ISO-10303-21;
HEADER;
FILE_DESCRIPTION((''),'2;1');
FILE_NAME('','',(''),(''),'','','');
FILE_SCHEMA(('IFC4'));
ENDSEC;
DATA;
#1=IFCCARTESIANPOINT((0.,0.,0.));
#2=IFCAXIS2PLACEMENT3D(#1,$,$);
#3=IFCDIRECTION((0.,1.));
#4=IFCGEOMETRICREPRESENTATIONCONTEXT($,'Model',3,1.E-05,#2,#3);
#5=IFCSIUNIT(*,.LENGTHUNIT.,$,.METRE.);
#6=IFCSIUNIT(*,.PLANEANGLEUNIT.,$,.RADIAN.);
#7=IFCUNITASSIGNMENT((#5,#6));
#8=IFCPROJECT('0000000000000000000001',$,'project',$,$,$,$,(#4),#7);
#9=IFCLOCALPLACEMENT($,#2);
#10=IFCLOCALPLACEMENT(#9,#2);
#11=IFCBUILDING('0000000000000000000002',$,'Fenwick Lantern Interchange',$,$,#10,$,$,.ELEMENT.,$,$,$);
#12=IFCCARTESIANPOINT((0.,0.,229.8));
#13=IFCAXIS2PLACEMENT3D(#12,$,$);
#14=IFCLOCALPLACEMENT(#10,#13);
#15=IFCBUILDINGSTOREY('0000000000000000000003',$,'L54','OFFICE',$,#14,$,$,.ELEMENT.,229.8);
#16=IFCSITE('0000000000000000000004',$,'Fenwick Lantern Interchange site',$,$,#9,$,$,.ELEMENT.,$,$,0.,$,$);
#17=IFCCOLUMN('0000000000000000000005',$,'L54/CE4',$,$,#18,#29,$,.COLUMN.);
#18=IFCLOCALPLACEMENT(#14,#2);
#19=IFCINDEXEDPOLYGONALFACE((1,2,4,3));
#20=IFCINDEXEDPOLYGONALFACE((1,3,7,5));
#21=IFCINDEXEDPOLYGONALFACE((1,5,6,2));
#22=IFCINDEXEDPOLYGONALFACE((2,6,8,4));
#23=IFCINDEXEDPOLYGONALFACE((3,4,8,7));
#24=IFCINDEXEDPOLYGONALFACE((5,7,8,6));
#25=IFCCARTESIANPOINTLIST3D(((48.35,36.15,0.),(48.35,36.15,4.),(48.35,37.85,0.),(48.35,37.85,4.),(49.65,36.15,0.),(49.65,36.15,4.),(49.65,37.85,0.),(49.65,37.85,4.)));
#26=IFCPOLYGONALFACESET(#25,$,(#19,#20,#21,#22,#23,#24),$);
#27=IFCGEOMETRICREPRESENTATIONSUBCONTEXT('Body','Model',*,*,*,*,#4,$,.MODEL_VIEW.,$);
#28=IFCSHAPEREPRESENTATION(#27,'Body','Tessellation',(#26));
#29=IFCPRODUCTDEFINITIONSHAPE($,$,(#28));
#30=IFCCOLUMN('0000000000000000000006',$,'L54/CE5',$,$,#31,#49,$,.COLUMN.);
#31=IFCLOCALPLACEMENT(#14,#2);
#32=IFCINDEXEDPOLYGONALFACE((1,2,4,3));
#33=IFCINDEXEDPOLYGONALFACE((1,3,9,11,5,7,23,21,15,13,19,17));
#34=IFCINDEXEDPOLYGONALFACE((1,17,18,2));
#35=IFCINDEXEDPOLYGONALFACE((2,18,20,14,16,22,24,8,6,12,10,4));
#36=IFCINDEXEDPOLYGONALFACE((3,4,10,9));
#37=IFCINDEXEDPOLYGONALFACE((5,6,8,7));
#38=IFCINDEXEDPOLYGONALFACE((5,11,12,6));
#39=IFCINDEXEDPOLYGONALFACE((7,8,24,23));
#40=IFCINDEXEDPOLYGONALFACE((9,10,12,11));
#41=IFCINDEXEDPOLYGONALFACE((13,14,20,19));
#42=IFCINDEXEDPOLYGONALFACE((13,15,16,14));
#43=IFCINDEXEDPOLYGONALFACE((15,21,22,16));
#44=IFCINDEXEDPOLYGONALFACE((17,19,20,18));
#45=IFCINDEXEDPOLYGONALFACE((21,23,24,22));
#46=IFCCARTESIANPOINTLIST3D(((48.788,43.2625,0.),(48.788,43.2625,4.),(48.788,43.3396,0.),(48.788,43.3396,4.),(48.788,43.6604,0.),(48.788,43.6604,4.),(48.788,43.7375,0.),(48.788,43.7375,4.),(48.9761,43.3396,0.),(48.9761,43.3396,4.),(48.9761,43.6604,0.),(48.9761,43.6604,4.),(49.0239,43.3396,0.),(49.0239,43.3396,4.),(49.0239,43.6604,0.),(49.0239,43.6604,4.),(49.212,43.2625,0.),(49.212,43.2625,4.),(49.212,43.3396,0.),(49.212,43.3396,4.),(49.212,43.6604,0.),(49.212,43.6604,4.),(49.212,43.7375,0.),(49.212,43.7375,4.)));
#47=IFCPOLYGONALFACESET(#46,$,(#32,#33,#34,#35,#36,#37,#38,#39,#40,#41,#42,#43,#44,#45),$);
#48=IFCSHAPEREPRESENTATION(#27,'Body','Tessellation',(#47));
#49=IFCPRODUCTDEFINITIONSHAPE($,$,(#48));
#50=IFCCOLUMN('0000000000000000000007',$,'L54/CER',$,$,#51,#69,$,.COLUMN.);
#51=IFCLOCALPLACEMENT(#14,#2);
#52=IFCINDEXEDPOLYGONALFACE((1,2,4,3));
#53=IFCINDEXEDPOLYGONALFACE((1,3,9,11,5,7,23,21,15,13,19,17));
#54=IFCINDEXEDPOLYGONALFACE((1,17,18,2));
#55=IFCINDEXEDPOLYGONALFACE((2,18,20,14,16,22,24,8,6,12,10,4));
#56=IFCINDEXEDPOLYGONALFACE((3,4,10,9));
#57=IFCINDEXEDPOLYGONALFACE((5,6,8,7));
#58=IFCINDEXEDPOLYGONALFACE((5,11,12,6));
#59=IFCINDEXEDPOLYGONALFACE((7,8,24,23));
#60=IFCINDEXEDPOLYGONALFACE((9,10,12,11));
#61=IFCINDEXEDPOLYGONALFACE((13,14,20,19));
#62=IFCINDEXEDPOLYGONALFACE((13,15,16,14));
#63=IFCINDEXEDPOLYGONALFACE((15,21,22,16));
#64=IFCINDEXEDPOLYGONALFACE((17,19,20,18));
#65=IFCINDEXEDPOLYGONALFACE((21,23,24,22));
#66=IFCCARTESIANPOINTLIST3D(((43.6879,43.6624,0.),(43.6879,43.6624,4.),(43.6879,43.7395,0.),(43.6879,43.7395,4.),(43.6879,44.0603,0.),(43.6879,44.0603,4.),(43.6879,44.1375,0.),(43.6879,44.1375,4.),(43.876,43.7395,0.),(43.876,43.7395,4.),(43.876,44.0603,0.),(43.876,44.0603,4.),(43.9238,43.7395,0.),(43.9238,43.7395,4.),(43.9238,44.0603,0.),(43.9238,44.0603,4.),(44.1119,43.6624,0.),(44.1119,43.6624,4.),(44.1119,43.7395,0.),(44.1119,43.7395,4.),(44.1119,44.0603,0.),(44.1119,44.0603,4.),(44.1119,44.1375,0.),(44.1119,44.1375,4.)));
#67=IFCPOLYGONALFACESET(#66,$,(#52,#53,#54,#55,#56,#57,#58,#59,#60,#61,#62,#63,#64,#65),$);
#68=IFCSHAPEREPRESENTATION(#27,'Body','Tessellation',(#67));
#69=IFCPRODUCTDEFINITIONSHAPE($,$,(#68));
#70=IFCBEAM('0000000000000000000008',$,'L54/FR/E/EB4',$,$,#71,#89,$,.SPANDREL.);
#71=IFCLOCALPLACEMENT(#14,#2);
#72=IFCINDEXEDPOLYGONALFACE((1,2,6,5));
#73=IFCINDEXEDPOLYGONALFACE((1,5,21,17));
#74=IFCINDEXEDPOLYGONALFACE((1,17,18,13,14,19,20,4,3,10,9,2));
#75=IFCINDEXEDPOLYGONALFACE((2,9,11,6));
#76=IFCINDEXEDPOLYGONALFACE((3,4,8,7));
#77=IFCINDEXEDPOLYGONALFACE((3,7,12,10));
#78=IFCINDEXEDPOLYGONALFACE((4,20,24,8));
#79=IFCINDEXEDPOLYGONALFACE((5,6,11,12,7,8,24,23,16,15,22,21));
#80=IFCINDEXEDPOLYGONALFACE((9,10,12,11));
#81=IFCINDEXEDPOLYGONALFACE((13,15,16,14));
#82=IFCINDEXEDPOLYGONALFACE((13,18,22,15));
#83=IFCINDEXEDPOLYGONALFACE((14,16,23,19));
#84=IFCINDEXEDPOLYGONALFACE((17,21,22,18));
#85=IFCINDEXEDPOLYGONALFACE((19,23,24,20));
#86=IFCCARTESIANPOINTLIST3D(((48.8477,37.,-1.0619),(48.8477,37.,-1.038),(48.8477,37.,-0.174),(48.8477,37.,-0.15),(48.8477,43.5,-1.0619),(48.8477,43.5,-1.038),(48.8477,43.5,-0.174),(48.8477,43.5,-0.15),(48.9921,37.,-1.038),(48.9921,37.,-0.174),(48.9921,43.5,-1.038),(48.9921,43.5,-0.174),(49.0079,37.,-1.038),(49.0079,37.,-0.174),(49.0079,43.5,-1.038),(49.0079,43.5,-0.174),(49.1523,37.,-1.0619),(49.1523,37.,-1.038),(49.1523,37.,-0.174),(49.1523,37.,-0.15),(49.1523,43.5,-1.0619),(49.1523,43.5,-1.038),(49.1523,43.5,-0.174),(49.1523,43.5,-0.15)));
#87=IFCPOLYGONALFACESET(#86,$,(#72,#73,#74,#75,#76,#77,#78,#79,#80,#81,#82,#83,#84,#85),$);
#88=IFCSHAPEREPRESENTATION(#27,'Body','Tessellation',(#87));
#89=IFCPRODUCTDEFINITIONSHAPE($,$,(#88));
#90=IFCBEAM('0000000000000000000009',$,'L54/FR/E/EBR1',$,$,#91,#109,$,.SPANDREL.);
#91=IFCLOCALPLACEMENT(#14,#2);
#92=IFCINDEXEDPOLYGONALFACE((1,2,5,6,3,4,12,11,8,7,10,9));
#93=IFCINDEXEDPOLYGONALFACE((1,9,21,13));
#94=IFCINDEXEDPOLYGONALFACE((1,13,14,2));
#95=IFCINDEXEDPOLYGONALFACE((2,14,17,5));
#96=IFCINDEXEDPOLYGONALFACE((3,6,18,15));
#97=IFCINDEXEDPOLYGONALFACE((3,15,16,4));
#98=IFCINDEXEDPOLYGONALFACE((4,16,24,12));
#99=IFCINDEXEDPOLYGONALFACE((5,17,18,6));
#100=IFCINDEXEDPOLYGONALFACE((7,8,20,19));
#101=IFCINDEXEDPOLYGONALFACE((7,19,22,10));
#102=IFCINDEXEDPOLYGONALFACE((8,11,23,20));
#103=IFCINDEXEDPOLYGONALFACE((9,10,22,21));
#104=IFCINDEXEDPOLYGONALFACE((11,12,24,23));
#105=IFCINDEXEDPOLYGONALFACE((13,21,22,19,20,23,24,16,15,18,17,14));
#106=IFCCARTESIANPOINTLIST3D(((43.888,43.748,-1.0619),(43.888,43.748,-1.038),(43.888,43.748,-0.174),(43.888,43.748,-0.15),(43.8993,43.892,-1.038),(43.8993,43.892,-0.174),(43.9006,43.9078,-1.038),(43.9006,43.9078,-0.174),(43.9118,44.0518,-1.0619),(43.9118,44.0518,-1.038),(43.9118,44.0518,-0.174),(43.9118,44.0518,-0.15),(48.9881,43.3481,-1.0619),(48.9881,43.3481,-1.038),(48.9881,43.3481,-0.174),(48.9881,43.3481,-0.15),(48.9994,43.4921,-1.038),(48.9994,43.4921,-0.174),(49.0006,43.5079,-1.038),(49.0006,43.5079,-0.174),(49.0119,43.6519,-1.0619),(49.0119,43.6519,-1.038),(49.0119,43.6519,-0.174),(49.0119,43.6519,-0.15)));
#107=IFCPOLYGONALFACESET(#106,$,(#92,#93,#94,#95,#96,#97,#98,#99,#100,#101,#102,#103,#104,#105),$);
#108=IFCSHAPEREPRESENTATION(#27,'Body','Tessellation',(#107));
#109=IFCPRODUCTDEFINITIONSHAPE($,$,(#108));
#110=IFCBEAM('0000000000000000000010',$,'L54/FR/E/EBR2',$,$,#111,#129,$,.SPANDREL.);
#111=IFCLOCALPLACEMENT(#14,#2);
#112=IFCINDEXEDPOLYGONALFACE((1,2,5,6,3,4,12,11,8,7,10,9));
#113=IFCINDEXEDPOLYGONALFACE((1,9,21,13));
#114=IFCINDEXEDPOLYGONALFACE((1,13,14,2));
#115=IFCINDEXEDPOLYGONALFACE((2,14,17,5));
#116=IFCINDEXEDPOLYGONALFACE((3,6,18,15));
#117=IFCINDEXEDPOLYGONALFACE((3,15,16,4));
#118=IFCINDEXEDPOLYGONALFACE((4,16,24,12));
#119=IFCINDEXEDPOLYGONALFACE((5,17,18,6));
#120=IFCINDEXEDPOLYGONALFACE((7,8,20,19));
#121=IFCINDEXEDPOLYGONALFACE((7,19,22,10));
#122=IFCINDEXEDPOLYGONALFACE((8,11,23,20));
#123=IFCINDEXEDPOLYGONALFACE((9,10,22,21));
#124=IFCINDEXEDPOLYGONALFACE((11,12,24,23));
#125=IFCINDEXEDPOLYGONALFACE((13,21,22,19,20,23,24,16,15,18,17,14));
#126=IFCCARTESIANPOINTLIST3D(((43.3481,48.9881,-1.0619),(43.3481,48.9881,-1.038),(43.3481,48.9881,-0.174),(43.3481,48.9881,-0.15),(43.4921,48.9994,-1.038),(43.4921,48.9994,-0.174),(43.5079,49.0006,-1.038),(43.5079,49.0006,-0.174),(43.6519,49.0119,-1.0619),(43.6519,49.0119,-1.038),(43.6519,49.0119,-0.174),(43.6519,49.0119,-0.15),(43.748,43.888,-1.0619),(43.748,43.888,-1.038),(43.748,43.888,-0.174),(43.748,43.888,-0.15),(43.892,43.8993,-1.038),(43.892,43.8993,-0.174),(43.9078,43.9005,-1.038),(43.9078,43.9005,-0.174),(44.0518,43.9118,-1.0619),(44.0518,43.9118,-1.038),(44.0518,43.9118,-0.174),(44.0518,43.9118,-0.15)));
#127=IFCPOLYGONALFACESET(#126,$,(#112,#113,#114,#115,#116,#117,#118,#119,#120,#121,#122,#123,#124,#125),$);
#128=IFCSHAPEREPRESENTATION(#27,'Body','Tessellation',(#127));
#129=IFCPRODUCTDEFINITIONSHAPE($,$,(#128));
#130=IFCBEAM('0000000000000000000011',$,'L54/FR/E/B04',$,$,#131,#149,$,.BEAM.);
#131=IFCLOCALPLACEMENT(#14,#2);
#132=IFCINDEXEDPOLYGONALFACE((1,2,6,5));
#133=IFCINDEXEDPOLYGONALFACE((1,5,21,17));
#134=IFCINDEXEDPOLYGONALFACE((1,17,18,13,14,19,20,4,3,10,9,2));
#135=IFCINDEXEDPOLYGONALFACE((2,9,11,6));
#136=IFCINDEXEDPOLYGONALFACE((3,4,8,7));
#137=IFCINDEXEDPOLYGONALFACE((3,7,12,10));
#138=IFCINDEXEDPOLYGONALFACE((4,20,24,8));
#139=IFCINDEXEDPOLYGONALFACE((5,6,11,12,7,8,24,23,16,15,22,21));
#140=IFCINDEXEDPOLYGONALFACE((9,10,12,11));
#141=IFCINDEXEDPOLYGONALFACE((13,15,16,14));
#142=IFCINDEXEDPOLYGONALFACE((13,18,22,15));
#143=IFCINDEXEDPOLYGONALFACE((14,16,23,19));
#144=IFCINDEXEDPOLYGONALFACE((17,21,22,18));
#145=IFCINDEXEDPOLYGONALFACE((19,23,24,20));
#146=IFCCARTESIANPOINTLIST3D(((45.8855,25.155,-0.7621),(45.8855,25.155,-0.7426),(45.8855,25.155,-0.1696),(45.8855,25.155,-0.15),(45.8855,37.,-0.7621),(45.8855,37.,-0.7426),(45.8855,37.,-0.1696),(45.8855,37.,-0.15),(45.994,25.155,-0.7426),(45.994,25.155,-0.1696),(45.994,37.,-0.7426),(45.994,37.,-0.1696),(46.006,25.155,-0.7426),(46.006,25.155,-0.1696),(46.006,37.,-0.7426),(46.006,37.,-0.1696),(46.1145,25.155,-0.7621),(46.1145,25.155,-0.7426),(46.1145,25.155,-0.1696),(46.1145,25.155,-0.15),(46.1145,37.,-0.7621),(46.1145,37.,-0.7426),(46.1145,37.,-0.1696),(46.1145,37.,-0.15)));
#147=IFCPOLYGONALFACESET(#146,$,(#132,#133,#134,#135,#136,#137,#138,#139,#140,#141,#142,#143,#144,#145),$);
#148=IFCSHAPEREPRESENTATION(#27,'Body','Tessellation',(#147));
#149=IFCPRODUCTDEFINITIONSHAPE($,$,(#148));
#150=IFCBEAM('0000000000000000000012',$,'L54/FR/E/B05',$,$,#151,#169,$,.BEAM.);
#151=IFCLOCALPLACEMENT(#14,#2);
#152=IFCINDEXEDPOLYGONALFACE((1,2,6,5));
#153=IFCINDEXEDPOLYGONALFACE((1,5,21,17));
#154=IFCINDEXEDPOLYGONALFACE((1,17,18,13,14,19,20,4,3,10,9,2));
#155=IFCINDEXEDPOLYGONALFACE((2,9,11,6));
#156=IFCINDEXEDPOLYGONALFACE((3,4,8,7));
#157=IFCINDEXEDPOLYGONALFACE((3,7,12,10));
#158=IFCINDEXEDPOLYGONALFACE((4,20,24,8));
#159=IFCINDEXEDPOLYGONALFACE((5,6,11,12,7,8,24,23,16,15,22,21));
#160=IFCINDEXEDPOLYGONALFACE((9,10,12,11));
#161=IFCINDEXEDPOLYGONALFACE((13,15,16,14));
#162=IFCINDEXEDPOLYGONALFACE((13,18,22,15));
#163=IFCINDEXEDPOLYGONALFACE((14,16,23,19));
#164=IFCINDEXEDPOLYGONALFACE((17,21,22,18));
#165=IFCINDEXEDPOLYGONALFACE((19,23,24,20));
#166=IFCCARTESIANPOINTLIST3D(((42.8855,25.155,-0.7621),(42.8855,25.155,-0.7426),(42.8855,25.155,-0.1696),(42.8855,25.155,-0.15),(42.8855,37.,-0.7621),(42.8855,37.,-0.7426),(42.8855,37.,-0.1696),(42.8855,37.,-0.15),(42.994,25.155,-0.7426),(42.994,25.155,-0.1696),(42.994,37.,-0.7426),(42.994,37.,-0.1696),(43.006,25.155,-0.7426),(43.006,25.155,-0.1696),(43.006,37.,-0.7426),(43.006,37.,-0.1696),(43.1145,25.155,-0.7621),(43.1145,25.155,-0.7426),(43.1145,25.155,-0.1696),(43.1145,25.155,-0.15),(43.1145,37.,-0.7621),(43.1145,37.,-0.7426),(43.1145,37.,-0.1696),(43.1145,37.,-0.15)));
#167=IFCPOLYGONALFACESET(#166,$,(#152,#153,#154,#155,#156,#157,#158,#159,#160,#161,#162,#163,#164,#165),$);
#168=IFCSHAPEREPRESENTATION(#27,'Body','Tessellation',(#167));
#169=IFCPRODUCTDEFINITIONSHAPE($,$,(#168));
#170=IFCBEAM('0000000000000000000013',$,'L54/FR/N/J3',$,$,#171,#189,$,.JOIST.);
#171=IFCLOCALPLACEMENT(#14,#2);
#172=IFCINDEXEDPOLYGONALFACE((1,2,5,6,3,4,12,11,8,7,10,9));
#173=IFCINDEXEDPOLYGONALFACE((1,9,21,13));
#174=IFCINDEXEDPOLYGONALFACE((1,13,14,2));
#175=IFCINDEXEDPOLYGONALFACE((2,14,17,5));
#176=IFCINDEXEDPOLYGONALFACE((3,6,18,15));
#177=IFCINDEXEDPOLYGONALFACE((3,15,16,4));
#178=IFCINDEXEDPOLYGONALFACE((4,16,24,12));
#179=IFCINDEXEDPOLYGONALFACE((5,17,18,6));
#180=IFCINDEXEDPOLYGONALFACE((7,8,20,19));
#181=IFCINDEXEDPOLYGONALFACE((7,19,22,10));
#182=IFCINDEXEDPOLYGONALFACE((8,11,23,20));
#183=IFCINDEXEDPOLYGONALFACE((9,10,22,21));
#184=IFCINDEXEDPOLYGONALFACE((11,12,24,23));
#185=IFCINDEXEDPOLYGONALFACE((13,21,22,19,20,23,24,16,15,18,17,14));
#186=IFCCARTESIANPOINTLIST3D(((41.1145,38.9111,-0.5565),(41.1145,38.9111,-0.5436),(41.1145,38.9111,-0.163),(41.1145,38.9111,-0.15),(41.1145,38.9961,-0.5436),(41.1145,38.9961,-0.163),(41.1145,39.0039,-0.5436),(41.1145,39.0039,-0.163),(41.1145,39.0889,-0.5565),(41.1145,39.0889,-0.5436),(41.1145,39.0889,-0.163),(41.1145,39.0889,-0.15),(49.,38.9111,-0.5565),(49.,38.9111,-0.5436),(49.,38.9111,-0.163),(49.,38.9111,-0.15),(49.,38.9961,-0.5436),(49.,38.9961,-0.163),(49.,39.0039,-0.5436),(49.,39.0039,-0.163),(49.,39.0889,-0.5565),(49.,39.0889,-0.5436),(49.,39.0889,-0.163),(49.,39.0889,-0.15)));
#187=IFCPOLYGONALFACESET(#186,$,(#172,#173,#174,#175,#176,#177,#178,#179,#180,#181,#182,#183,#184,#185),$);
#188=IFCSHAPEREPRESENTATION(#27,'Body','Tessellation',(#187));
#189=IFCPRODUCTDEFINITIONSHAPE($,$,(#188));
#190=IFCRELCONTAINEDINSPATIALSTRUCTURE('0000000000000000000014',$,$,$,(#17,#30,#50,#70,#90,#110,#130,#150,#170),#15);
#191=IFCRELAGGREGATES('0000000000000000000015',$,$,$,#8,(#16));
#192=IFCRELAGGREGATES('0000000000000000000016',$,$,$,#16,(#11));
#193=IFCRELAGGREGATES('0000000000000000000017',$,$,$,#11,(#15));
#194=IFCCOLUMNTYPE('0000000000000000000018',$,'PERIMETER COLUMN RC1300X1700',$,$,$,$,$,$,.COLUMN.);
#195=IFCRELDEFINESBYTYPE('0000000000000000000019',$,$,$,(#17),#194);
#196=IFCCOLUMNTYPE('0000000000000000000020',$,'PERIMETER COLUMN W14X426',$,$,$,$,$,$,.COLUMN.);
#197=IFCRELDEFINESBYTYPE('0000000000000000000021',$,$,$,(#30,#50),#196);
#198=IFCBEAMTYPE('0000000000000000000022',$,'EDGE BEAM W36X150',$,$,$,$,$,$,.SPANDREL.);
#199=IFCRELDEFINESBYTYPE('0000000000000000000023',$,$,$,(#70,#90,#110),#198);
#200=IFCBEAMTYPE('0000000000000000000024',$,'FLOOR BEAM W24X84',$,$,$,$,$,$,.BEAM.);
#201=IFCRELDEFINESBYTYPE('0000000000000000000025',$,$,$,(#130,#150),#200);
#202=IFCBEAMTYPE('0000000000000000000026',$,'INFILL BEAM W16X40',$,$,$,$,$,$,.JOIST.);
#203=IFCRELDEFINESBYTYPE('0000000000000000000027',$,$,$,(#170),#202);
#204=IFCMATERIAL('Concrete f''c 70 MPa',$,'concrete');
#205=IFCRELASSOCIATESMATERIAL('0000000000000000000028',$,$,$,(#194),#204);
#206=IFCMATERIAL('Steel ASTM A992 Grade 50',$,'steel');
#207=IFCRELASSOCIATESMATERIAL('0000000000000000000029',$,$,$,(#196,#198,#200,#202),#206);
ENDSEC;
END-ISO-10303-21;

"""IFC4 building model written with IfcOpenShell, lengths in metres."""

from ifc_helpers import new_model, si_unit, direction, frame, origin, origin_2d, place, context, subcontext, project, spatial, rectangle, i_section, extrude, material, material_profile, profile_set, type_object, element, save


model = new_model("IFC4")

# Units and contexts
model_context = context("Model", 3, precision=1e-05, world=origin(), true_north=direction((0.0, 1.0)))
body_context = subcontext(model_context, "Body", "Model", "MODEL_VIEW")
ifc_project = project(units=[si_unit("LENGTHUNIT", "METRE"), si_unit("PLANEANGLEUNIT", "RADIAN")], contexts=[model_context])

# Site, building, storey
site_placement = place(None, origin())
site = spatial("IfcSite", under=ifc_project, at=site_placement, Name="Fenwick Lantern Interchange site", CompositionType="ELEMENT", RefElevation=0.0)
building_placement = place(site_placement, origin())
building = spatial("IfcBuilding", under=site, at=building_placement, Name="Fenwick Lantern Interchange", CompositionType="ELEMENT")
storey_placement = place(building_placement, frame((0.0, 0.0, 229.8)))
storey = spatial("IfcBuildingStorey", under=building, at=storey_placement, Name="L54", Description="OFFICE", CompositionType="ELEMENT", Elevation=229.8)

# Columns
ifc_material_1 = material(Name="Concrete f'c 70 MPa", Category="concrete")
ifc_material_profile_1 = material_profile(ifc_material_1, rectangle(XDim=1.3, YDim=1.7, at=origin_2d()), Name="RC1300X1700")
ifc_profile_set_1 = profile_set([ifc_material_profile_1], Name="Concrete f'c 70 MPa")
column_type_1 = type_object("IfcColumnType", Name="PERIMETER COLUMN RC1300X1700", PredefinedType="COLUMN", material=ifc_profile_set_1)
column_placement = place(storey_placement, frame((49.0, 37.0, 0.0), z_axis=(0.0, 0.0, 1.0), x_axis=(1.0, 0.0, 0.0)))
element("IfcColumn", 1, at=column_placement, inside=storey, type_object=column_type_1, Name="L54/CE4", PredefinedType="COLUMN", context=body_context, shape_type="SweptSolid", body=[
    extrude(rectangle(XDim=1.3, YDim=1.7, at=origin_2d()), origin(), (0.0, 0.0, 1.0), 4.0),
])
ifc_material_2 = material(Name="Steel ASTM A992 Grade 50", Category="steel")
ifc_material_profile_2 = material_profile(ifc_material_2, i_section(OverallWidth=0.4241, OverallDepth=0.4751, WebThickness=0.0479, FlangeThickness=0.0771, at=origin_2d()), Name="W14X426")
ifc_profile_set_2 = profile_set([ifc_material_profile_2], Name="Steel ASTM A992 Grade 50")
column_type_2 = type_object("IfcColumnType", Name="PERIMETER COLUMN W14X426", PredefinedType="COLUMN", material=ifc_profile_set_2)
for number, where, z_axis, x_axis, name in (
    (2, (49.0, 43.5, 0.0), (0.0, 0.0, 1.0), (1.0, 0.0, 0.0), "L54/CE5"),
    (3, (43.8999, 43.8999, 0.0), (0.0, 0.0, 1.0), (1.0, 0.0, 0.0), "L54/CER"),
):
    element("IfcColumn", number, at=place(storey_placement, frame(where, z_axis=z_axis, x_axis=x_axis)), inside=storey, type_object=column_type_2, Name=name, PredefinedType="COLUMN", context=body_context, shape_type="SweptSolid", body=[
        extrude(i_section(OverallWidth=0.4241, OverallDepth=0.4751, WebThickness=0.0479, FlangeThickness=0.0771, at=origin_2d()), origin(), (0.0, 0.0, 1.0), 4.0),
    ])

# Beams
ifc_material_profile_3 = material_profile(ifc_material_2, i_section(OverallWidth=0.3047, OverallDepth=0.9119, WebThickness=0.0159, FlangeThickness=0.0239, at=origin_2d()), Name="W36X150")
ifc_profile_set_3 = profile_set([ifc_material_profile_3], Name="Steel ASTM A992 Grade 50")
beam_type_1 = type_object("IfcBeamType", Name="EDGE BEAM W36X150", PredefinedType="SPANDREL", material=ifc_profile_set_3)
beam_1_placement = place(storey_placement, frame((49.0, 37.0, -0.606), z_axis=(0.0, 1.0, 0.0), x_axis=(-1.0, 0.0, 0.0)))
element("IfcBeam", 4, at=beam_1_placement, inside=storey, type_object=beam_type_1, Name="L54/FR/E/EB4", PredefinedType="SPANDREL", context=body_context, shape_type="SweptSolid", body=[
    extrude(i_section(OverallWidth=0.3047, OverallDepth=0.9119, WebThickness=0.0159, FlangeThickness=0.0239, at=origin_2d()), origin(), (0.0, 0.0, 1.0), 6.5),
])
for number, where, z_axis, x_axis, name in (
    (5, (49.0, 43.5, -0.606), (-0.99694, 0.078171, 0.0), (-0.078171, -0.99694, 0.0), "L54/FR/E/EBR1"),
    (6, (43.8999, 43.8999, -0.606), (-0.078171, 0.99694, 0.0), (-0.99694, -0.078171, 0.0), "L54/FR/E/EBR2"),
):
    element("IfcBeam", number, at=place(storey_placement, frame(where, z_axis=z_axis, x_axis=x_axis)), inside=storey, type_object=beam_type_1, Name=name, PredefinedType="SPANDREL", context=body_context, shape_type="SweptSolid", body=[
        extrude(i_section(OverallWidth=0.3047, OverallDepth=0.9119, WebThickness=0.0159, FlangeThickness=0.0239, at=origin_2d()), origin(), (0.0, 0.0, 1.0), 5.1157),
    ])
ifc_material_profile_4 = material_profile(ifc_material_2, i_section(OverallWidth=0.229, OverallDepth=0.6121, WebThickness=0.012, FlangeThickness=0.0195, at=origin_2d()), Name="W24X84")
ifc_profile_set_4 = profile_set([ifc_material_profile_4], Name="Steel ASTM A992 Grade 50")
beam_type_2 = type_object("IfcBeamType", Name="FLOOR BEAM W24X84", PredefinedType="BEAM", material=ifc_profile_set_4)
for number, where, z_axis, x_axis, name in (
    (7, (46.0, 25.155, -0.4561), (0.0, 1.0, 0.0), (-1.0, 0.0, 0.0), "L54/FR/E/B04"),
    (8, (43.0, 25.155, -0.4561), (0.0, 1.0, 0.0), (-1.0, 0.0, 0.0), "L54/FR/E/B05"),
):
    element("IfcBeam", number, at=place(storey_placement, frame(where, z_axis=z_axis, x_axis=x_axis)), inside=storey, type_object=beam_type_2, Name=name, PredefinedType="BEAM", context=body_context, shape_type="SweptSolid", body=[
        extrude(i_section(OverallWidth=0.229, OverallDepth=0.6121, WebThickness=0.012, FlangeThickness=0.0195, at=origin_2d()), origin(), (0.0, 0.0, 1.0), 11.845),
    ])
ifc_material_profile_5 = material_profile(ifc_material_2, i_section(OverallWidth=0.1777, OverallDepth=0.4065, WebThickness=0.0078, FlangeThickness=0.0129, at=origin_2d()), Name="W16X40")
ifc_profile_set_5 = profile_set([ifc_material_profile_5], Name="Steel ASTM A992 Grade 50")
beam_type_3 = type_object("IfcBeamType", Name="INFILL BEAM W16X40", PredefinedType="JOIST", material=ifc_profile_set_5)
beam_2_placement = place(storey_placement, frame((49.0, 39.0, -0.3533), z_axis=(-1.0, 0.0, 0.0), x_axis=(0.0, -1.0, 0.0)))
element("IfcBeam", 9, at=beam_2_placement, inside=storey, type_object=beam_type_3, Name="L54/FR/N/J3", PredefinedType="JOIST", context=body_context, shape_type="SweptSolid", body=[
    extrude(i_section(OverallWidth=0.1777, OverallDepth=0.4065, WebThickness=0.0078, FlangeThickness=0.0129, at=origin_2d()), origin(), (0.0, 0.0, 1.0), 7.8855),
])

save(model, "model.ifc")
